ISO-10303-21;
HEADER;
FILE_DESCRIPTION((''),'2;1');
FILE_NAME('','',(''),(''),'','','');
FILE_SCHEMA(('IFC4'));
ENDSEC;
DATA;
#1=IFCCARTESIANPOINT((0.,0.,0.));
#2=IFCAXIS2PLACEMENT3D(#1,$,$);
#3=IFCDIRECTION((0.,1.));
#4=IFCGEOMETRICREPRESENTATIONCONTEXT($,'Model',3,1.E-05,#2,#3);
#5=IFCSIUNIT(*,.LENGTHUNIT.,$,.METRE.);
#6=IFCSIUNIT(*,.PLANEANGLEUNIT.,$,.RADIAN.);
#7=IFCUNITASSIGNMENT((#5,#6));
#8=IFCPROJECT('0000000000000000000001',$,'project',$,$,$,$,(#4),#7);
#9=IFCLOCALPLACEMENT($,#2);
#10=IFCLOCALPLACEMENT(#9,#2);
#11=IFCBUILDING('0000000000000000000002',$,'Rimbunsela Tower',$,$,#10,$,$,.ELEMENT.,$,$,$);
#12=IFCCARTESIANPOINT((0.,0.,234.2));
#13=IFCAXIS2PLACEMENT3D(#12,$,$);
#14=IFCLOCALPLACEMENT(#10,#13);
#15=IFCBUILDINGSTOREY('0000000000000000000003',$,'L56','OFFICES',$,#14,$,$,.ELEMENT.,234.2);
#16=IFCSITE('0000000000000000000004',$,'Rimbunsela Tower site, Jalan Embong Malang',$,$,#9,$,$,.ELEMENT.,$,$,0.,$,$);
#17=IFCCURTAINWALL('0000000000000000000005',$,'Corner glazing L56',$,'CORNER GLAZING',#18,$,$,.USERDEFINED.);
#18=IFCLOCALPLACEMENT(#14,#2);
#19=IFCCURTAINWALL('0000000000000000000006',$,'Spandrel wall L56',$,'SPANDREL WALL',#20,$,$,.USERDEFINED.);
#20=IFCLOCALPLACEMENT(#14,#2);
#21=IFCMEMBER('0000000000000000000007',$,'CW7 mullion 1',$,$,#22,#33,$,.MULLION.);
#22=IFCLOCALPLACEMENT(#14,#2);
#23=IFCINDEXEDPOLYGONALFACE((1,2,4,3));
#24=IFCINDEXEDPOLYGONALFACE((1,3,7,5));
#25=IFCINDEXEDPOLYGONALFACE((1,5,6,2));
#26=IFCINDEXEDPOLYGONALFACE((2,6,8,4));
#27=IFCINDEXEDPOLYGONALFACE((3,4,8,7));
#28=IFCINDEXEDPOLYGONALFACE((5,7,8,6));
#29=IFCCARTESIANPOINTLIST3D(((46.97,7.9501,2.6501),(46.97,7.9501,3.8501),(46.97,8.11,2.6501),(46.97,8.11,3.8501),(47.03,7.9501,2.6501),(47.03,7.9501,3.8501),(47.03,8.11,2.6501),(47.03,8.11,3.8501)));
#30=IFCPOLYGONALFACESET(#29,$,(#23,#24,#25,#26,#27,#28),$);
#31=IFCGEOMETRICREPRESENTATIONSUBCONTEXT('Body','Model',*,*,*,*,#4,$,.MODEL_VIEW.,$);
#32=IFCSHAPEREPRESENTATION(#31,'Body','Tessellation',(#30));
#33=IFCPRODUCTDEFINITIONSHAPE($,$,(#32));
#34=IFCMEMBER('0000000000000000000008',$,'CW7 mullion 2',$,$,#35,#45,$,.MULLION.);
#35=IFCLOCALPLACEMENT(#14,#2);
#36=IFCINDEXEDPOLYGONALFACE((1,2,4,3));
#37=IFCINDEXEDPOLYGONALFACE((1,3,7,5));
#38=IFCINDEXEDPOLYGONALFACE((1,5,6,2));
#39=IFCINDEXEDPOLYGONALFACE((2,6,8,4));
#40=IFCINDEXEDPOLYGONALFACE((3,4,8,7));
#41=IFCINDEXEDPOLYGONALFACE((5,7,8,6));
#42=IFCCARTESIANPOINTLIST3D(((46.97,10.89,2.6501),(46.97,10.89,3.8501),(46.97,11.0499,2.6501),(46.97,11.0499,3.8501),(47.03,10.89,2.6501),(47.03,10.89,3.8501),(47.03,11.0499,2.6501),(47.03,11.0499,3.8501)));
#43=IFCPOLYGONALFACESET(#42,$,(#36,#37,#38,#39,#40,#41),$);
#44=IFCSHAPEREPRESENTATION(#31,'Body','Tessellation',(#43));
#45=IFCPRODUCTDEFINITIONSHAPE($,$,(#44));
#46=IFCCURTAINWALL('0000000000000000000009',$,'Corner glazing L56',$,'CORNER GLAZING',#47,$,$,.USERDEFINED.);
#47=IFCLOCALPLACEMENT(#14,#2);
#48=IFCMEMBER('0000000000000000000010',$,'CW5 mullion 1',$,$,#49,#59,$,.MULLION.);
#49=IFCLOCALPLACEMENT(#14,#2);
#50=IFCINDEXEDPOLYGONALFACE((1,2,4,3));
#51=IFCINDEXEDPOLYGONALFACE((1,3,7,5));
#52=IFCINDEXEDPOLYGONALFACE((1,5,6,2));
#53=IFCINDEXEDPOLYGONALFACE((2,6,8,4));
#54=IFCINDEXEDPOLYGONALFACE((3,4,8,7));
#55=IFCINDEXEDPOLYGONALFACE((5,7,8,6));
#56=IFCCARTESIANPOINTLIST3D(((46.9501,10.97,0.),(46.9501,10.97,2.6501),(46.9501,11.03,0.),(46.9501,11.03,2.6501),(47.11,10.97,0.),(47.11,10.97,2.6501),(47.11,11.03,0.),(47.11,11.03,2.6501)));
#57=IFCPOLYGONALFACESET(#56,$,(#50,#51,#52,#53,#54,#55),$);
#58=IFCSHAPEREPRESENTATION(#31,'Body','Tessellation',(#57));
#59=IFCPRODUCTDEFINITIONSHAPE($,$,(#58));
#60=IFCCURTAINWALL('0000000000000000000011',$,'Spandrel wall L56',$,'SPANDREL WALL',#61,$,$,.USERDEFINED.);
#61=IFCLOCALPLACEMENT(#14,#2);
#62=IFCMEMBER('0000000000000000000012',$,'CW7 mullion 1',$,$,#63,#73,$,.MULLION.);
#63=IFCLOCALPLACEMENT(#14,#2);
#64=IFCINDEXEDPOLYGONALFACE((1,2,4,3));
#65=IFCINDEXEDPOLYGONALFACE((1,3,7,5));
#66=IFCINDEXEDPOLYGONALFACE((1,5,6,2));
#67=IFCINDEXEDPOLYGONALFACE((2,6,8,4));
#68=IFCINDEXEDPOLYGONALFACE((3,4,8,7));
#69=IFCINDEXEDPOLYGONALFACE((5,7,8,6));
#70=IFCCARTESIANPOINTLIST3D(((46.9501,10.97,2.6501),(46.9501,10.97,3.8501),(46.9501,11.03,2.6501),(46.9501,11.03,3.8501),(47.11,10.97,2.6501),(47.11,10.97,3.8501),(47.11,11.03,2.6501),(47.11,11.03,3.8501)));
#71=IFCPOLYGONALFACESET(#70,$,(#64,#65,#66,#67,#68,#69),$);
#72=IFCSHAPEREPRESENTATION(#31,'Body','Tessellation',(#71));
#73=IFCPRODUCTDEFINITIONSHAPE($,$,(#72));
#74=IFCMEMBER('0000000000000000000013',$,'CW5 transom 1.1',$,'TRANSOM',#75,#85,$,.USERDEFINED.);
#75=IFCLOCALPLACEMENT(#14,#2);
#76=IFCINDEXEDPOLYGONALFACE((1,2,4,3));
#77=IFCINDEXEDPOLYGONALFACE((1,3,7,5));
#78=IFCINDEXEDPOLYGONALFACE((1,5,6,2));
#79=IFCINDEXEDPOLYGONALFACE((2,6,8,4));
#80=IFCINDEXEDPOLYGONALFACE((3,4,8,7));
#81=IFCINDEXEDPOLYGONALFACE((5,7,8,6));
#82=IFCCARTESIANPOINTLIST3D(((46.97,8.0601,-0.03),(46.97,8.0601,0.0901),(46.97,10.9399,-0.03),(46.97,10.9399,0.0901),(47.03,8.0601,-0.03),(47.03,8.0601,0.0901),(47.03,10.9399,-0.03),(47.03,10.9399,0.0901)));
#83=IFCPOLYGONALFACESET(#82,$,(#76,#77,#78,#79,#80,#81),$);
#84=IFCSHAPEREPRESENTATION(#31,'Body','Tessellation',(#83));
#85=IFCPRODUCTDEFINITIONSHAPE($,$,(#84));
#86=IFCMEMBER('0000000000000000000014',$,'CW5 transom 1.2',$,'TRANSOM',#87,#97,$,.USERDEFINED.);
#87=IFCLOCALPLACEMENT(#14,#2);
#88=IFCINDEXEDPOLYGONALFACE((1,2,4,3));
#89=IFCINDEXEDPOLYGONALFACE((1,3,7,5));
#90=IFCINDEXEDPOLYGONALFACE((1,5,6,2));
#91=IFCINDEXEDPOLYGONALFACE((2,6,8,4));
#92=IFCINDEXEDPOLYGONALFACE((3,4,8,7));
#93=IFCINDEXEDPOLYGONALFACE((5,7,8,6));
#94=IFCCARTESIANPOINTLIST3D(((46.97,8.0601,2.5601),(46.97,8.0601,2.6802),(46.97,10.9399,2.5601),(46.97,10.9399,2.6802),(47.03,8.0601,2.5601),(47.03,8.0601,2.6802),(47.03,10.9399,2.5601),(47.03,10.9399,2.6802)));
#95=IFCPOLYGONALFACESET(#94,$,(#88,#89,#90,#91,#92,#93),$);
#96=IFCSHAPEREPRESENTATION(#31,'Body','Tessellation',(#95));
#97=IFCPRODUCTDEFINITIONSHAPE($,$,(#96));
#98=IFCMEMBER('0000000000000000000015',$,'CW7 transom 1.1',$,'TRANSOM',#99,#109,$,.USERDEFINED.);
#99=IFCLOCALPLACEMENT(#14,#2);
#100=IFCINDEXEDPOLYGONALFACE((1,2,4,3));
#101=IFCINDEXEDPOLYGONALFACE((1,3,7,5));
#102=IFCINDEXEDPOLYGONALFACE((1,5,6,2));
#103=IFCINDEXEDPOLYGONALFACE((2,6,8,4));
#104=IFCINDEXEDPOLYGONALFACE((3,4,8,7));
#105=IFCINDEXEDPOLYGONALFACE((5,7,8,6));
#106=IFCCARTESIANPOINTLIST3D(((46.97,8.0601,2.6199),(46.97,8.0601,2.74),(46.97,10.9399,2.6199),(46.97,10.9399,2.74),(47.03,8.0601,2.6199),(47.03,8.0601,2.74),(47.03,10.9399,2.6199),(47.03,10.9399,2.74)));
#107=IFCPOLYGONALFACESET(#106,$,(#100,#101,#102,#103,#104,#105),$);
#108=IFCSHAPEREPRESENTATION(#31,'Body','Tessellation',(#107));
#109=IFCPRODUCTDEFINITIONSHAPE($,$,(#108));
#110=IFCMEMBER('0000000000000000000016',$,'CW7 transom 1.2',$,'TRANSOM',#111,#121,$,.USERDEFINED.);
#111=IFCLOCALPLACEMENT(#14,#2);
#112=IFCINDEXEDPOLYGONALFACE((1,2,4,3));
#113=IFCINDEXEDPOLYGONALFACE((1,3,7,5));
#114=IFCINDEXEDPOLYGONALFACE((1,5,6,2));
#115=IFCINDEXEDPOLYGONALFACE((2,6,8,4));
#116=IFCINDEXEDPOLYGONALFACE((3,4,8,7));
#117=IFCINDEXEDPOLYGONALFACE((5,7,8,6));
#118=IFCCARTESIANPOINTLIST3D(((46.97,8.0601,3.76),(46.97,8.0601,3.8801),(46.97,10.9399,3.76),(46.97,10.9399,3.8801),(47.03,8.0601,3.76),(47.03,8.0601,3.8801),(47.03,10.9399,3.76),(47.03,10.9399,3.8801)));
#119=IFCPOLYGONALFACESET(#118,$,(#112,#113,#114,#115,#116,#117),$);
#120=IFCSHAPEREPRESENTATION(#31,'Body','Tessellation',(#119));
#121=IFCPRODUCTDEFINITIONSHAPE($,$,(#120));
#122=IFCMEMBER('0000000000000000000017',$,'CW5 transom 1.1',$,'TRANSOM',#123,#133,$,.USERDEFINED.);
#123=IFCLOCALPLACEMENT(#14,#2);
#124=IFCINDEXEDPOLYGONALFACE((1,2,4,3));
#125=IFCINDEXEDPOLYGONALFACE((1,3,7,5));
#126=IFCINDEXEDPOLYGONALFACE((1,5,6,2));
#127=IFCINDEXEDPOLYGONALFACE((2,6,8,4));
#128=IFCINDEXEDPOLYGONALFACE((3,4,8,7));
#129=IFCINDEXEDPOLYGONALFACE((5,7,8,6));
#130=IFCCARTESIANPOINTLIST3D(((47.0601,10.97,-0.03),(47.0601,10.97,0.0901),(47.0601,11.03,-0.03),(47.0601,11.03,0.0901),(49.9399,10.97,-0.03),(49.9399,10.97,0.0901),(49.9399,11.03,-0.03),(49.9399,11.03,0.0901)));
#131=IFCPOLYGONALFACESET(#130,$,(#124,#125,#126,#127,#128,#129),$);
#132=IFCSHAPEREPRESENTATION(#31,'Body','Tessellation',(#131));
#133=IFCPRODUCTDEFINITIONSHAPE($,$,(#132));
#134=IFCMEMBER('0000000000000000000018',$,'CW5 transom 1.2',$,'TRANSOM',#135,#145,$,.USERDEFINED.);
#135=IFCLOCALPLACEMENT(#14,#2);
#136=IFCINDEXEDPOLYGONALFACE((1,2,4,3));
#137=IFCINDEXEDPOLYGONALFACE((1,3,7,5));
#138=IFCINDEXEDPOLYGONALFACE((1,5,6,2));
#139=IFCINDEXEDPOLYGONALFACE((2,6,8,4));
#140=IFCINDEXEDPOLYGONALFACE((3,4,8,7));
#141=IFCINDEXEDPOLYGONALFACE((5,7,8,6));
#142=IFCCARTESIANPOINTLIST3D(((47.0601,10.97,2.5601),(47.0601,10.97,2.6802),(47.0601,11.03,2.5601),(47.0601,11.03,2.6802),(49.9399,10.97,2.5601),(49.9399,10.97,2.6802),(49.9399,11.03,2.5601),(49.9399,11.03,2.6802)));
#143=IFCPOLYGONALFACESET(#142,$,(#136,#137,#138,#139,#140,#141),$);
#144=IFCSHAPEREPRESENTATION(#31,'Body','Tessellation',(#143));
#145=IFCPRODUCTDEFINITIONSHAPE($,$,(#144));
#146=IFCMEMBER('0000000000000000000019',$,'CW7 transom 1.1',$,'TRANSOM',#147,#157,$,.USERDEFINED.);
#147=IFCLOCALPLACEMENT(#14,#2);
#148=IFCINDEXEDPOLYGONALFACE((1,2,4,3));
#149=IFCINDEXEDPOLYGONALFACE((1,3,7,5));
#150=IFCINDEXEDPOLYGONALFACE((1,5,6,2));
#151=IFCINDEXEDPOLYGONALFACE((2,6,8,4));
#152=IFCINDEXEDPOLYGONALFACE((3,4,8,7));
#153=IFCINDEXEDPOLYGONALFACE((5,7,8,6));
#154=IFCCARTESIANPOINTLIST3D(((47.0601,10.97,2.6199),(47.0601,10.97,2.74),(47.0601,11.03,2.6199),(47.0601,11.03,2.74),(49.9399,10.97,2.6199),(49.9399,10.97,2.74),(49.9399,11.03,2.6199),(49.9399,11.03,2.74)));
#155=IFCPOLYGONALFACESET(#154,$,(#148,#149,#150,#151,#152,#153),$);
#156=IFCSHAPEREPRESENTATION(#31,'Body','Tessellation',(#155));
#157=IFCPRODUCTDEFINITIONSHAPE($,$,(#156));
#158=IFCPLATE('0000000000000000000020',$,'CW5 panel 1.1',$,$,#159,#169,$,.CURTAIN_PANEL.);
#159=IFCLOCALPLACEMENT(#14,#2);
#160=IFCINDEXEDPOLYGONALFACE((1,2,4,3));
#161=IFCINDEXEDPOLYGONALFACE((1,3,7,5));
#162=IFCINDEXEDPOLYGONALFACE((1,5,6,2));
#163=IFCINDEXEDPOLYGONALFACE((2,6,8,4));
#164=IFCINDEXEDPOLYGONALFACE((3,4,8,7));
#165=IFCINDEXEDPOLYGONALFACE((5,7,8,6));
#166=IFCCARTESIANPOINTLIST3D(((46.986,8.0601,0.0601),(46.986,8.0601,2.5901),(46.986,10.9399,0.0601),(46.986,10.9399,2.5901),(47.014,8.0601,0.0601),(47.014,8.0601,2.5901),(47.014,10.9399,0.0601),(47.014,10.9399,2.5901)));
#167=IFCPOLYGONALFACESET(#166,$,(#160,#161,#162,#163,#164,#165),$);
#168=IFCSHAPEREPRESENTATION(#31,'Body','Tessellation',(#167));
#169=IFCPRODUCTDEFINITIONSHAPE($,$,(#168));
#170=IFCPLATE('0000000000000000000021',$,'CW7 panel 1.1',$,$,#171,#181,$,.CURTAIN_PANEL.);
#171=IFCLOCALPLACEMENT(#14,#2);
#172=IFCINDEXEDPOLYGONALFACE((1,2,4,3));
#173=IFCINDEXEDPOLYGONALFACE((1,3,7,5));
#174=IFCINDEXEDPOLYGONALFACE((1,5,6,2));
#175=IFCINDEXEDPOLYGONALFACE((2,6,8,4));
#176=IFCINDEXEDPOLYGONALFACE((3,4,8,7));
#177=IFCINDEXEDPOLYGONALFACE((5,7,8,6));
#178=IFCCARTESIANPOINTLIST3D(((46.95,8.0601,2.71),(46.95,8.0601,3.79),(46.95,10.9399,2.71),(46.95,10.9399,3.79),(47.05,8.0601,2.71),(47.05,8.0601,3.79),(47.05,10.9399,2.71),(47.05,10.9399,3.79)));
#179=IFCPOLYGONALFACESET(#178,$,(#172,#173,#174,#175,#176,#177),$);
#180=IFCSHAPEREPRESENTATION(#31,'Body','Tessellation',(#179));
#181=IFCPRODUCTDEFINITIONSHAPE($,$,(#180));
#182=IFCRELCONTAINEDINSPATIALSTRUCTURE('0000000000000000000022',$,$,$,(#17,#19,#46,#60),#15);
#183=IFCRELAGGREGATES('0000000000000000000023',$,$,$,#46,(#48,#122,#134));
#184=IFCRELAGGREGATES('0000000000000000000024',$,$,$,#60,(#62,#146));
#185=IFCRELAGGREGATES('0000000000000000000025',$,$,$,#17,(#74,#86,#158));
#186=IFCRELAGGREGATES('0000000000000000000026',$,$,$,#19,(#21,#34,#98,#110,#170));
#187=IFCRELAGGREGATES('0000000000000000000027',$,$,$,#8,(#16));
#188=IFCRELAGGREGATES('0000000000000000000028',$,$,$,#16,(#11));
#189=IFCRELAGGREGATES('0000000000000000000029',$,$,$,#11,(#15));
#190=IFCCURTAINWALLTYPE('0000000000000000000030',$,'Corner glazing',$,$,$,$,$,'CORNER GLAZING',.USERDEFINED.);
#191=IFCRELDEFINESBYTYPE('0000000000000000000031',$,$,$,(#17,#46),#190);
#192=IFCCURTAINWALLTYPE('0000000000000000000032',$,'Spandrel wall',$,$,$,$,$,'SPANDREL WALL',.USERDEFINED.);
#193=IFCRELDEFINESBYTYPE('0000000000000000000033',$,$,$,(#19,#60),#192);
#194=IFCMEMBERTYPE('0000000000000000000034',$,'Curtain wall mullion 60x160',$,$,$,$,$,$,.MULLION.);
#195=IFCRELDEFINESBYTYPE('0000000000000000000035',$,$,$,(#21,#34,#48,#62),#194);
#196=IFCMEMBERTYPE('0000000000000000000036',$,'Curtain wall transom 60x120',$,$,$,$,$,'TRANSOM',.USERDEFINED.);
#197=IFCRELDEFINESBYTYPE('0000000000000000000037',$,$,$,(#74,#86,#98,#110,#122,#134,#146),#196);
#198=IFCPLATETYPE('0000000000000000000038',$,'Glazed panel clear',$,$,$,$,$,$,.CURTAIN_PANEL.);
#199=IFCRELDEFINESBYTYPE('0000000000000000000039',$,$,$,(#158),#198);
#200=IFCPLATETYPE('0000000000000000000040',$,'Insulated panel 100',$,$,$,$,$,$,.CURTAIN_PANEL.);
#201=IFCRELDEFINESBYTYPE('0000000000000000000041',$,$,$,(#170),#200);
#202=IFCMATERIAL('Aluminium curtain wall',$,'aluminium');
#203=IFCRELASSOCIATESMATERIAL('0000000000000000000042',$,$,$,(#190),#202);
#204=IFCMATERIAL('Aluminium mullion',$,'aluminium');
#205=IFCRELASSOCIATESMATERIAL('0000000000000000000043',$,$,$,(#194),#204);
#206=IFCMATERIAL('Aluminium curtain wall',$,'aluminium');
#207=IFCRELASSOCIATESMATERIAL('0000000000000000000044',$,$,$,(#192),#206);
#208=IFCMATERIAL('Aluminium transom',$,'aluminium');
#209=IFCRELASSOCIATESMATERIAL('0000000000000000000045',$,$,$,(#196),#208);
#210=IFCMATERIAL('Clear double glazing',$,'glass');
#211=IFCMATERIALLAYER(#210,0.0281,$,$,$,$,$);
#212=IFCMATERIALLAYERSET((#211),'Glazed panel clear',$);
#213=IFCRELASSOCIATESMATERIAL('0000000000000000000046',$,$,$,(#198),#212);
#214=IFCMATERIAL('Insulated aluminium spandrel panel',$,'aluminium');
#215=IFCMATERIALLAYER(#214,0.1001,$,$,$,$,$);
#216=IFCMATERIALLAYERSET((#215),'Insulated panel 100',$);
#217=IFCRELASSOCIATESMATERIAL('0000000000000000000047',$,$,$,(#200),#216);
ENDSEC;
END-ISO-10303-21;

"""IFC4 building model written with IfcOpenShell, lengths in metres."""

from ifc_helpers import new_model, si_unit, direction, frame, origin, origin_2d, place, context, subcontext, project, spatial, rectangle, extrude, material, layer, layer_set, material_profile, profile_set, type_object, element, aggregate, save


model = new_model("IFC4")

# Units and contexts
model_context = context("Model", 3, precision=1e-05, world=origin(), true_north=direction((0.0, 1.0)))
body_context = subcontext(model_context, "Body", "Model", "MODEL_VIEW")
ifc_project = project(units=[si_unit("LENGTHUNIT", "METRE"), si_unit("PLANEANGLEUNIT", "RADIAN")], contexts=[model_context])

# Site, building, storey
site_placement = place(None, origin())
site = spatial("IfcSite", under=ifc_project, at=site_placement, Name="Rimbunsela Tower site, Jalan Embong Malang", CompositionType="ELEMENT", RefElevation=0.0)
building_placement = place(site_placement, origin())
building = spatial("IfcBuilding", under=site, at=building_placement, Name="Rimbunsela Tower", CompositionType="ELEMENT")
storey_placement = place(building_placement, frame((0.0, 0.0, 234.2)))
storey = spatial("IfcBuildingStorey", under=building, at=storey_placement, Name="L56", Description="OFFICES", CompositionType="ELEMENT", Elevation=234.2)

# Curtain walls, members
ifc_material_1 = material(Name="Aluminium curtain wall", Category="aluminium")
curtain_wall_type_1 = type_object("IfcCurtainWallType", Name="Corner glazing", ElementType="CORNER GLAZING", PredefinedType="USERDEFINED", material=ifc_material_1)
curtain_wall_1_placement = place(storey_placement, origin())
curtain_wall_1 = element("IfcCurtainWall", 1, at=curtain_wall_1_placement, inside=storey, type_object=curtain_wall_type_1, Name="Corner glazing L56", ObjectType="CORNER GLAZING", PredefinedType="USERDEFINED")
ifc_material_2 = material(Name="Aluminium mullion", Category="aluminium")
ifc_material_profile_1 = material_profile(ifc_material_2, rectangle(XDim=0.0601, YDim=0.1599, at=origin_2d()), Name="Mullion 60x160")
ifc_profile_set_1 = profile_set([ifc_material_profile_1], Name="Aluminium mullion")
member_type_1 = type_object("IfcMemberType", Name="Curtain wall mullion 60x160", PredefinedType="MULLION", material=ifc_profile_set_1)
ifc_material_3 = material(Name="Aluminium curtain wall", Category="aluminium")
curtain_wall_type_2 = type_object("IfcCurtainWallType", Name="Spandrel wall", ElementType="SPANDREL WALL", PredefinedType="USERDEFINED", material=ifc_material_3)
curtain_wall_2_placement = place(storey_placement, origin())
curtain_wall_2 = element("IfcCurtainWall", 2, at=curtain_wall_2_placement, inside=storey, type_object=curtain_wall_type_2, Name="Spandrel wall L56", ObjectType="SPANDREL WALL", PredefinedType="USERDEFINED")
member_1_placement = place(storey_placement, frame((47.0, 8.03, 2.6501), z_axis=(0.0, 0.0, 1.0), x_axis=(-1.0, 0.0, 0.0)))
member_1 = element("IfcMember", 3, at=member_1_placement, type_object=member_type_1, Name="CW7 mullion 1", PredefinedType="MULLION", context=body_context, shape_type="SweptSolid", body=[
    extrude(rectangle(XDim=0.0601, YDim=0.1599, at=origin_2d()), origin(), (0.0, 0.0, 1.0), 1.2),
])
member_2_placement = place(storey_placement, frame((47.0, 10.97, 2.6501), z_axis=(0.0, 0.0, 1.0), x_axis=(-1.0, 0.0, 0.0)))
member_2 = element("IfcMember", 4, at=member_2_placement, type_object=member_type_1, Name="CW7 mullion 2", PredefinedType="MULLION", context=body_context, shape_type="SweptSolid", body=[
    extrude(rectangle(XDim=0.0601, YDim=0.1599, at=origin_2d()), origin(), (0.0, 0.0, 1.0), 1.2),
])

# Curtain walls, members
curtain_wall_3_placement = place(storey_placement, origin())
curtain_wall_3 = element("IfcCurtainWall", 5, at=curtain_wall_3_placement, inside=storey, type_object=curtain_wall_type_1, Name="Corner glazing L56", ObjectType="CORNER GLAZING", PredefinedType="USERDEFINED")
member_3_placement = place(storey_placement, frame((47.03, 11.0, 0.0), z_axis=(0.0, 0.0, 1.0), x_axis=(0.0, 1.0, 0.0)))
member_3 = element("IfcMember", 6, at=member_3_placement, type_object=member_type_1, Name="CW5 mullion 1", PredefinedType="MULLION", context=body_context, shape_type="SweptSolid", body=[
    extrude(rectangle(XDim=0.0601, YDim=0.1599, at=origin_2d()), origin(), (0.0, 0.0, 1.0), 2.6501),
])
curtain_wall_4_placement = place(storey_placement, origin())
curtain_wall_4 = element("IfcCurtainWall", 7, at=curtain_wall_4_placement, inside=storey, type_object=curtain_wall_type_2, Name="Spandrel wall L56", ObjectType="SPANDREL WALL", PredefinedType="USERDEFINED")
member_4_placement = place(storey_placement, frame((47.03, 11.0, 2.6501), z_axis=(0.0, 0.0, 1.0), x_axis=(0.0, 1.0, 0.0)))
member_4 = element("IfcMember", 8, at=member_4_placement, type_object=member_type_1, Name="CW7 mullion 1", PredefinedType="MULLION", context=body_context, shape_type="SweptSolid", body=[
    extrude(rectangle(XDim=0.0601, YDim=0.1599, at=origin_2d()), origin(), (0.0, 0.0, 1.0), 1.2),
])

# Members
ifc_material_4 = material(Name="Aluminium transom", Category="aluminium")
ifc_material_profile_2 = material_profile(ifc_material_4, rectangle(XDim=0.0601, YDim=0.1201, at=origin_2d()), Name="Transom 60x120")
ifc_profile_set_2 = profile_set([ifc_material_profile_2], Name="Aluminium transom")
member_type_2 = type_object("IfcMemberType", Name="Curtain wall transom 60x120", ElementType="TRANSOM", PredefinedType="USERDEFINED", material=ifc_profile_set_2)
member_5_placement = place(storey_placement, frame((47.0, 8.0601, 0.03), z_axis=(0.0, 1.0, 0.0), x_axis=(-1.0, 0.0, 0.0)))
member_5 = element("IfcMember", 9, at=member_5_placement, type_object=member_type_2, Name="CW5 transom 1.1", ObjectType="TRANSOM", PredefinedType="USERDEFINED", context=body_context, shape_type="SweptSolid", body=[
    extrude(rectangle(XDim=0.0601, YDim=0.1201, at=origin_2d()), origin(), (0.0, 0.0, 1.0), 2.8799),
])
member_6_placement = place(storey_placement, frame((47.0, 8.0601, 2.6201), z_axis=(0.0, 1.0, 0.0), x_axis=(-1.0, 0.0, 0.0)))
member_6 = element("IfcMember", 10, at=member_6_placement, type_object=member_type_2, Name="CW5 transom 1.2", ObjectType="TRANSOM", PredefinedType="USERDEFINED", context=body_context, shape_type="SweptSolid", body=[
    extrude(rectangle(XDim=0.0601, YDim=0.1201, at=origin_2d()), origin(), (0.0, 0.0, 1.0), 2.8799),
])
member_7_placement = place(storey_placement, frame((47.0, 8.0601, 2.6799), z_axis=(0.0, 1.0, 0.0), x_axis=(-1.0, 0.0, 0.0)))
member_7 = element("IfcMember", 11, at=member_7_placement, type_object=member_type_2, Name="CW7 transom 1.1", ObjectType="TRANSOM", PredefinedType="USERDEFINED", context=body_context, shape_type="SweptSolid", body=[
    extrude(rectangle(XDim=0.0601, YDim=0.1201, at=origin_2d()), origin(), (0.0, 0.0, 1.0), 2.8799),
])
member_8_placement = place(storey_placement, frame((47.0, 8.0601, 3.8201), z_axis=(0.0, 1.0, 0.0), x_axis=(-1.0, 0.0, 0.0)))
member_8 = element("IfcMember", 12, at=member_8_placement, type_object=member_type_2, Name="CW7 transom 1.2", ObjectType="TRANSOM", PredefinedType="USERDEFINED", context=body_context, shape_type="SweptSolid", body=[
    extrude(rectangle(XDim=0.0601, YDim=0.1201, at=origin_2d()), origin(), (0.0, 0.0, 1.0), 2.8799),
])
member_9_placement = place(storey_placement, frame((47.0601, 11.0, 0.03), z_axis=(1.0, 0.0, 0.0), x_axis=(0.0, 1.0, 0.0)))
member_9 = element("IfcMember", 13, at=member_9_placement, type_object=member_type_2, Name="CW5 transom 1.1", ObjectType="TRANSOM", PredefinedType="USERDEFINED", context=body_context, shape_type="SweptSolid", body=[
    extrude(rectangle(XDim=0.0601, YDim=0.1201, at=origin_2d()), origin(), (0.0, 0.0, 1.0), 2.8799),
])
member_10_placement = place(storey_placement, frame((47.0601, 11.0, 2.6201), z_axis=(1.0, 0.0, 0.0), x_axis=(0.0, 1.0, 0.0)))
member_10 = element("IfcMember", 14, at=member_10_placement, type_object=member_type_2, Name="CW5 transom 1.2", ObjectType="TRANSOM", PredefinedType="USERDEFINED", context=body_context, shape_type="SweptSolid", body=[
    extrude(rectangle(XDim=0.0601, YDim=0.1201, at=origin_2d()), origin(), (0.0, 0.0, 1.0), 2.8799),
])
aggregate(curtain_wall_3, [member_3, member_9, member_10])
member_11_placement = place(storey_placement, frame((47.0601, 11.0, 2.6799), z_axis=(1.0, 0.0, 0.0), x_axis=(0.0, 1.0, 0.0)))
member_11 = element("IfcMember", 15, at=member_11_placement, type_object=member_type_2, Name="CW7 transom 1.1", ObjectType="TRANSOM", PredefinedType="USERDEFINED", context=body_context, shape_type="SweptSolid", body=[
    extrude(rectangle(XDim=0.0601, YDim=0.1201, at=origin_2d()), origin(), (0.0, 0.0, 1.0), 2.8799),
])
aggregate(curtain_wall_4, [member_4, member_11])

# Plates
ifc_material_5 = material(Name="Clear double glazing", Category="glass")
ifc_layer_1 = layer(ifc_material_5, 0.0281)
ifc_layer_set_1 = layer_set([ifc_layer_1], Name="Glazed panel clear")
plate_type_1 = type_object("IfcPlateType", Name="Glazed panel clear", PredefinedType="CURTAIN_PANEL", material=ifc_layer_set_1)
plate_1_placement = place(storey_placement, frame((47.0, 9.5, 0.0601), z_axis=(0.0, 0.0, 1.0), x_axis=(0.0, 1.0, 0.0)))
plate_1 = element("IfcPlate", 16, at=plate_1_placement, type_object=plate_type_1, Name="CW5 panel 1.1", PredefinedType="CURTAIN_PANEL", context=body_context, shape_type="SweptSolid", body=[
    extrude(rectangle(XDim=2.8799, YDim=0.0281, at=origin_2d()), origin(), (0.0, 0.0, 1.0), 2.53),
])
aggregate(curtain_wall_1, [member_5, member_6, plate_1])
ifc_material_6 = material(Name="Insulated aluminium spandrel panel", Category="aluminium")
ifc_layer_2 = layer(ifc_material_6, 0.1001)
ifc_layer_set_2 = layer_set([ifc_layer_2], Name="Insulated panel 100")
plate_type_2 = type_object("IfcPlateType", Name="Insulated panel 100", PredefinedType="CURTAIN_PANEL", material=ifc_layer_set_2)
plate_2_placement = place(storey_placement, frame((47.0, 9.5, 2.71), z_axis=(0.0, 0.0, 1.0), x_axis=(0.0, 1.0, 0.0)))
plate_2 = element("IfcPlate", 17, at=plate_2_placement, type_object=plate_type_2, Name="CW7 panel 1.1", PredefinedType="CURTAIN_PANEL", context=body_context, shape_type="SweptSolid", body=[
    extrude(rectangle(XDim=2.8799, YDim=0.1001, at=origin_2d()), origin(), (0.0, 0.0, 1.0), 1.0801),
])
aggregate(curtain_wall_2, [member_1, member_2, member_7, member_8, plate_2])

save(model, "model.ifc")
